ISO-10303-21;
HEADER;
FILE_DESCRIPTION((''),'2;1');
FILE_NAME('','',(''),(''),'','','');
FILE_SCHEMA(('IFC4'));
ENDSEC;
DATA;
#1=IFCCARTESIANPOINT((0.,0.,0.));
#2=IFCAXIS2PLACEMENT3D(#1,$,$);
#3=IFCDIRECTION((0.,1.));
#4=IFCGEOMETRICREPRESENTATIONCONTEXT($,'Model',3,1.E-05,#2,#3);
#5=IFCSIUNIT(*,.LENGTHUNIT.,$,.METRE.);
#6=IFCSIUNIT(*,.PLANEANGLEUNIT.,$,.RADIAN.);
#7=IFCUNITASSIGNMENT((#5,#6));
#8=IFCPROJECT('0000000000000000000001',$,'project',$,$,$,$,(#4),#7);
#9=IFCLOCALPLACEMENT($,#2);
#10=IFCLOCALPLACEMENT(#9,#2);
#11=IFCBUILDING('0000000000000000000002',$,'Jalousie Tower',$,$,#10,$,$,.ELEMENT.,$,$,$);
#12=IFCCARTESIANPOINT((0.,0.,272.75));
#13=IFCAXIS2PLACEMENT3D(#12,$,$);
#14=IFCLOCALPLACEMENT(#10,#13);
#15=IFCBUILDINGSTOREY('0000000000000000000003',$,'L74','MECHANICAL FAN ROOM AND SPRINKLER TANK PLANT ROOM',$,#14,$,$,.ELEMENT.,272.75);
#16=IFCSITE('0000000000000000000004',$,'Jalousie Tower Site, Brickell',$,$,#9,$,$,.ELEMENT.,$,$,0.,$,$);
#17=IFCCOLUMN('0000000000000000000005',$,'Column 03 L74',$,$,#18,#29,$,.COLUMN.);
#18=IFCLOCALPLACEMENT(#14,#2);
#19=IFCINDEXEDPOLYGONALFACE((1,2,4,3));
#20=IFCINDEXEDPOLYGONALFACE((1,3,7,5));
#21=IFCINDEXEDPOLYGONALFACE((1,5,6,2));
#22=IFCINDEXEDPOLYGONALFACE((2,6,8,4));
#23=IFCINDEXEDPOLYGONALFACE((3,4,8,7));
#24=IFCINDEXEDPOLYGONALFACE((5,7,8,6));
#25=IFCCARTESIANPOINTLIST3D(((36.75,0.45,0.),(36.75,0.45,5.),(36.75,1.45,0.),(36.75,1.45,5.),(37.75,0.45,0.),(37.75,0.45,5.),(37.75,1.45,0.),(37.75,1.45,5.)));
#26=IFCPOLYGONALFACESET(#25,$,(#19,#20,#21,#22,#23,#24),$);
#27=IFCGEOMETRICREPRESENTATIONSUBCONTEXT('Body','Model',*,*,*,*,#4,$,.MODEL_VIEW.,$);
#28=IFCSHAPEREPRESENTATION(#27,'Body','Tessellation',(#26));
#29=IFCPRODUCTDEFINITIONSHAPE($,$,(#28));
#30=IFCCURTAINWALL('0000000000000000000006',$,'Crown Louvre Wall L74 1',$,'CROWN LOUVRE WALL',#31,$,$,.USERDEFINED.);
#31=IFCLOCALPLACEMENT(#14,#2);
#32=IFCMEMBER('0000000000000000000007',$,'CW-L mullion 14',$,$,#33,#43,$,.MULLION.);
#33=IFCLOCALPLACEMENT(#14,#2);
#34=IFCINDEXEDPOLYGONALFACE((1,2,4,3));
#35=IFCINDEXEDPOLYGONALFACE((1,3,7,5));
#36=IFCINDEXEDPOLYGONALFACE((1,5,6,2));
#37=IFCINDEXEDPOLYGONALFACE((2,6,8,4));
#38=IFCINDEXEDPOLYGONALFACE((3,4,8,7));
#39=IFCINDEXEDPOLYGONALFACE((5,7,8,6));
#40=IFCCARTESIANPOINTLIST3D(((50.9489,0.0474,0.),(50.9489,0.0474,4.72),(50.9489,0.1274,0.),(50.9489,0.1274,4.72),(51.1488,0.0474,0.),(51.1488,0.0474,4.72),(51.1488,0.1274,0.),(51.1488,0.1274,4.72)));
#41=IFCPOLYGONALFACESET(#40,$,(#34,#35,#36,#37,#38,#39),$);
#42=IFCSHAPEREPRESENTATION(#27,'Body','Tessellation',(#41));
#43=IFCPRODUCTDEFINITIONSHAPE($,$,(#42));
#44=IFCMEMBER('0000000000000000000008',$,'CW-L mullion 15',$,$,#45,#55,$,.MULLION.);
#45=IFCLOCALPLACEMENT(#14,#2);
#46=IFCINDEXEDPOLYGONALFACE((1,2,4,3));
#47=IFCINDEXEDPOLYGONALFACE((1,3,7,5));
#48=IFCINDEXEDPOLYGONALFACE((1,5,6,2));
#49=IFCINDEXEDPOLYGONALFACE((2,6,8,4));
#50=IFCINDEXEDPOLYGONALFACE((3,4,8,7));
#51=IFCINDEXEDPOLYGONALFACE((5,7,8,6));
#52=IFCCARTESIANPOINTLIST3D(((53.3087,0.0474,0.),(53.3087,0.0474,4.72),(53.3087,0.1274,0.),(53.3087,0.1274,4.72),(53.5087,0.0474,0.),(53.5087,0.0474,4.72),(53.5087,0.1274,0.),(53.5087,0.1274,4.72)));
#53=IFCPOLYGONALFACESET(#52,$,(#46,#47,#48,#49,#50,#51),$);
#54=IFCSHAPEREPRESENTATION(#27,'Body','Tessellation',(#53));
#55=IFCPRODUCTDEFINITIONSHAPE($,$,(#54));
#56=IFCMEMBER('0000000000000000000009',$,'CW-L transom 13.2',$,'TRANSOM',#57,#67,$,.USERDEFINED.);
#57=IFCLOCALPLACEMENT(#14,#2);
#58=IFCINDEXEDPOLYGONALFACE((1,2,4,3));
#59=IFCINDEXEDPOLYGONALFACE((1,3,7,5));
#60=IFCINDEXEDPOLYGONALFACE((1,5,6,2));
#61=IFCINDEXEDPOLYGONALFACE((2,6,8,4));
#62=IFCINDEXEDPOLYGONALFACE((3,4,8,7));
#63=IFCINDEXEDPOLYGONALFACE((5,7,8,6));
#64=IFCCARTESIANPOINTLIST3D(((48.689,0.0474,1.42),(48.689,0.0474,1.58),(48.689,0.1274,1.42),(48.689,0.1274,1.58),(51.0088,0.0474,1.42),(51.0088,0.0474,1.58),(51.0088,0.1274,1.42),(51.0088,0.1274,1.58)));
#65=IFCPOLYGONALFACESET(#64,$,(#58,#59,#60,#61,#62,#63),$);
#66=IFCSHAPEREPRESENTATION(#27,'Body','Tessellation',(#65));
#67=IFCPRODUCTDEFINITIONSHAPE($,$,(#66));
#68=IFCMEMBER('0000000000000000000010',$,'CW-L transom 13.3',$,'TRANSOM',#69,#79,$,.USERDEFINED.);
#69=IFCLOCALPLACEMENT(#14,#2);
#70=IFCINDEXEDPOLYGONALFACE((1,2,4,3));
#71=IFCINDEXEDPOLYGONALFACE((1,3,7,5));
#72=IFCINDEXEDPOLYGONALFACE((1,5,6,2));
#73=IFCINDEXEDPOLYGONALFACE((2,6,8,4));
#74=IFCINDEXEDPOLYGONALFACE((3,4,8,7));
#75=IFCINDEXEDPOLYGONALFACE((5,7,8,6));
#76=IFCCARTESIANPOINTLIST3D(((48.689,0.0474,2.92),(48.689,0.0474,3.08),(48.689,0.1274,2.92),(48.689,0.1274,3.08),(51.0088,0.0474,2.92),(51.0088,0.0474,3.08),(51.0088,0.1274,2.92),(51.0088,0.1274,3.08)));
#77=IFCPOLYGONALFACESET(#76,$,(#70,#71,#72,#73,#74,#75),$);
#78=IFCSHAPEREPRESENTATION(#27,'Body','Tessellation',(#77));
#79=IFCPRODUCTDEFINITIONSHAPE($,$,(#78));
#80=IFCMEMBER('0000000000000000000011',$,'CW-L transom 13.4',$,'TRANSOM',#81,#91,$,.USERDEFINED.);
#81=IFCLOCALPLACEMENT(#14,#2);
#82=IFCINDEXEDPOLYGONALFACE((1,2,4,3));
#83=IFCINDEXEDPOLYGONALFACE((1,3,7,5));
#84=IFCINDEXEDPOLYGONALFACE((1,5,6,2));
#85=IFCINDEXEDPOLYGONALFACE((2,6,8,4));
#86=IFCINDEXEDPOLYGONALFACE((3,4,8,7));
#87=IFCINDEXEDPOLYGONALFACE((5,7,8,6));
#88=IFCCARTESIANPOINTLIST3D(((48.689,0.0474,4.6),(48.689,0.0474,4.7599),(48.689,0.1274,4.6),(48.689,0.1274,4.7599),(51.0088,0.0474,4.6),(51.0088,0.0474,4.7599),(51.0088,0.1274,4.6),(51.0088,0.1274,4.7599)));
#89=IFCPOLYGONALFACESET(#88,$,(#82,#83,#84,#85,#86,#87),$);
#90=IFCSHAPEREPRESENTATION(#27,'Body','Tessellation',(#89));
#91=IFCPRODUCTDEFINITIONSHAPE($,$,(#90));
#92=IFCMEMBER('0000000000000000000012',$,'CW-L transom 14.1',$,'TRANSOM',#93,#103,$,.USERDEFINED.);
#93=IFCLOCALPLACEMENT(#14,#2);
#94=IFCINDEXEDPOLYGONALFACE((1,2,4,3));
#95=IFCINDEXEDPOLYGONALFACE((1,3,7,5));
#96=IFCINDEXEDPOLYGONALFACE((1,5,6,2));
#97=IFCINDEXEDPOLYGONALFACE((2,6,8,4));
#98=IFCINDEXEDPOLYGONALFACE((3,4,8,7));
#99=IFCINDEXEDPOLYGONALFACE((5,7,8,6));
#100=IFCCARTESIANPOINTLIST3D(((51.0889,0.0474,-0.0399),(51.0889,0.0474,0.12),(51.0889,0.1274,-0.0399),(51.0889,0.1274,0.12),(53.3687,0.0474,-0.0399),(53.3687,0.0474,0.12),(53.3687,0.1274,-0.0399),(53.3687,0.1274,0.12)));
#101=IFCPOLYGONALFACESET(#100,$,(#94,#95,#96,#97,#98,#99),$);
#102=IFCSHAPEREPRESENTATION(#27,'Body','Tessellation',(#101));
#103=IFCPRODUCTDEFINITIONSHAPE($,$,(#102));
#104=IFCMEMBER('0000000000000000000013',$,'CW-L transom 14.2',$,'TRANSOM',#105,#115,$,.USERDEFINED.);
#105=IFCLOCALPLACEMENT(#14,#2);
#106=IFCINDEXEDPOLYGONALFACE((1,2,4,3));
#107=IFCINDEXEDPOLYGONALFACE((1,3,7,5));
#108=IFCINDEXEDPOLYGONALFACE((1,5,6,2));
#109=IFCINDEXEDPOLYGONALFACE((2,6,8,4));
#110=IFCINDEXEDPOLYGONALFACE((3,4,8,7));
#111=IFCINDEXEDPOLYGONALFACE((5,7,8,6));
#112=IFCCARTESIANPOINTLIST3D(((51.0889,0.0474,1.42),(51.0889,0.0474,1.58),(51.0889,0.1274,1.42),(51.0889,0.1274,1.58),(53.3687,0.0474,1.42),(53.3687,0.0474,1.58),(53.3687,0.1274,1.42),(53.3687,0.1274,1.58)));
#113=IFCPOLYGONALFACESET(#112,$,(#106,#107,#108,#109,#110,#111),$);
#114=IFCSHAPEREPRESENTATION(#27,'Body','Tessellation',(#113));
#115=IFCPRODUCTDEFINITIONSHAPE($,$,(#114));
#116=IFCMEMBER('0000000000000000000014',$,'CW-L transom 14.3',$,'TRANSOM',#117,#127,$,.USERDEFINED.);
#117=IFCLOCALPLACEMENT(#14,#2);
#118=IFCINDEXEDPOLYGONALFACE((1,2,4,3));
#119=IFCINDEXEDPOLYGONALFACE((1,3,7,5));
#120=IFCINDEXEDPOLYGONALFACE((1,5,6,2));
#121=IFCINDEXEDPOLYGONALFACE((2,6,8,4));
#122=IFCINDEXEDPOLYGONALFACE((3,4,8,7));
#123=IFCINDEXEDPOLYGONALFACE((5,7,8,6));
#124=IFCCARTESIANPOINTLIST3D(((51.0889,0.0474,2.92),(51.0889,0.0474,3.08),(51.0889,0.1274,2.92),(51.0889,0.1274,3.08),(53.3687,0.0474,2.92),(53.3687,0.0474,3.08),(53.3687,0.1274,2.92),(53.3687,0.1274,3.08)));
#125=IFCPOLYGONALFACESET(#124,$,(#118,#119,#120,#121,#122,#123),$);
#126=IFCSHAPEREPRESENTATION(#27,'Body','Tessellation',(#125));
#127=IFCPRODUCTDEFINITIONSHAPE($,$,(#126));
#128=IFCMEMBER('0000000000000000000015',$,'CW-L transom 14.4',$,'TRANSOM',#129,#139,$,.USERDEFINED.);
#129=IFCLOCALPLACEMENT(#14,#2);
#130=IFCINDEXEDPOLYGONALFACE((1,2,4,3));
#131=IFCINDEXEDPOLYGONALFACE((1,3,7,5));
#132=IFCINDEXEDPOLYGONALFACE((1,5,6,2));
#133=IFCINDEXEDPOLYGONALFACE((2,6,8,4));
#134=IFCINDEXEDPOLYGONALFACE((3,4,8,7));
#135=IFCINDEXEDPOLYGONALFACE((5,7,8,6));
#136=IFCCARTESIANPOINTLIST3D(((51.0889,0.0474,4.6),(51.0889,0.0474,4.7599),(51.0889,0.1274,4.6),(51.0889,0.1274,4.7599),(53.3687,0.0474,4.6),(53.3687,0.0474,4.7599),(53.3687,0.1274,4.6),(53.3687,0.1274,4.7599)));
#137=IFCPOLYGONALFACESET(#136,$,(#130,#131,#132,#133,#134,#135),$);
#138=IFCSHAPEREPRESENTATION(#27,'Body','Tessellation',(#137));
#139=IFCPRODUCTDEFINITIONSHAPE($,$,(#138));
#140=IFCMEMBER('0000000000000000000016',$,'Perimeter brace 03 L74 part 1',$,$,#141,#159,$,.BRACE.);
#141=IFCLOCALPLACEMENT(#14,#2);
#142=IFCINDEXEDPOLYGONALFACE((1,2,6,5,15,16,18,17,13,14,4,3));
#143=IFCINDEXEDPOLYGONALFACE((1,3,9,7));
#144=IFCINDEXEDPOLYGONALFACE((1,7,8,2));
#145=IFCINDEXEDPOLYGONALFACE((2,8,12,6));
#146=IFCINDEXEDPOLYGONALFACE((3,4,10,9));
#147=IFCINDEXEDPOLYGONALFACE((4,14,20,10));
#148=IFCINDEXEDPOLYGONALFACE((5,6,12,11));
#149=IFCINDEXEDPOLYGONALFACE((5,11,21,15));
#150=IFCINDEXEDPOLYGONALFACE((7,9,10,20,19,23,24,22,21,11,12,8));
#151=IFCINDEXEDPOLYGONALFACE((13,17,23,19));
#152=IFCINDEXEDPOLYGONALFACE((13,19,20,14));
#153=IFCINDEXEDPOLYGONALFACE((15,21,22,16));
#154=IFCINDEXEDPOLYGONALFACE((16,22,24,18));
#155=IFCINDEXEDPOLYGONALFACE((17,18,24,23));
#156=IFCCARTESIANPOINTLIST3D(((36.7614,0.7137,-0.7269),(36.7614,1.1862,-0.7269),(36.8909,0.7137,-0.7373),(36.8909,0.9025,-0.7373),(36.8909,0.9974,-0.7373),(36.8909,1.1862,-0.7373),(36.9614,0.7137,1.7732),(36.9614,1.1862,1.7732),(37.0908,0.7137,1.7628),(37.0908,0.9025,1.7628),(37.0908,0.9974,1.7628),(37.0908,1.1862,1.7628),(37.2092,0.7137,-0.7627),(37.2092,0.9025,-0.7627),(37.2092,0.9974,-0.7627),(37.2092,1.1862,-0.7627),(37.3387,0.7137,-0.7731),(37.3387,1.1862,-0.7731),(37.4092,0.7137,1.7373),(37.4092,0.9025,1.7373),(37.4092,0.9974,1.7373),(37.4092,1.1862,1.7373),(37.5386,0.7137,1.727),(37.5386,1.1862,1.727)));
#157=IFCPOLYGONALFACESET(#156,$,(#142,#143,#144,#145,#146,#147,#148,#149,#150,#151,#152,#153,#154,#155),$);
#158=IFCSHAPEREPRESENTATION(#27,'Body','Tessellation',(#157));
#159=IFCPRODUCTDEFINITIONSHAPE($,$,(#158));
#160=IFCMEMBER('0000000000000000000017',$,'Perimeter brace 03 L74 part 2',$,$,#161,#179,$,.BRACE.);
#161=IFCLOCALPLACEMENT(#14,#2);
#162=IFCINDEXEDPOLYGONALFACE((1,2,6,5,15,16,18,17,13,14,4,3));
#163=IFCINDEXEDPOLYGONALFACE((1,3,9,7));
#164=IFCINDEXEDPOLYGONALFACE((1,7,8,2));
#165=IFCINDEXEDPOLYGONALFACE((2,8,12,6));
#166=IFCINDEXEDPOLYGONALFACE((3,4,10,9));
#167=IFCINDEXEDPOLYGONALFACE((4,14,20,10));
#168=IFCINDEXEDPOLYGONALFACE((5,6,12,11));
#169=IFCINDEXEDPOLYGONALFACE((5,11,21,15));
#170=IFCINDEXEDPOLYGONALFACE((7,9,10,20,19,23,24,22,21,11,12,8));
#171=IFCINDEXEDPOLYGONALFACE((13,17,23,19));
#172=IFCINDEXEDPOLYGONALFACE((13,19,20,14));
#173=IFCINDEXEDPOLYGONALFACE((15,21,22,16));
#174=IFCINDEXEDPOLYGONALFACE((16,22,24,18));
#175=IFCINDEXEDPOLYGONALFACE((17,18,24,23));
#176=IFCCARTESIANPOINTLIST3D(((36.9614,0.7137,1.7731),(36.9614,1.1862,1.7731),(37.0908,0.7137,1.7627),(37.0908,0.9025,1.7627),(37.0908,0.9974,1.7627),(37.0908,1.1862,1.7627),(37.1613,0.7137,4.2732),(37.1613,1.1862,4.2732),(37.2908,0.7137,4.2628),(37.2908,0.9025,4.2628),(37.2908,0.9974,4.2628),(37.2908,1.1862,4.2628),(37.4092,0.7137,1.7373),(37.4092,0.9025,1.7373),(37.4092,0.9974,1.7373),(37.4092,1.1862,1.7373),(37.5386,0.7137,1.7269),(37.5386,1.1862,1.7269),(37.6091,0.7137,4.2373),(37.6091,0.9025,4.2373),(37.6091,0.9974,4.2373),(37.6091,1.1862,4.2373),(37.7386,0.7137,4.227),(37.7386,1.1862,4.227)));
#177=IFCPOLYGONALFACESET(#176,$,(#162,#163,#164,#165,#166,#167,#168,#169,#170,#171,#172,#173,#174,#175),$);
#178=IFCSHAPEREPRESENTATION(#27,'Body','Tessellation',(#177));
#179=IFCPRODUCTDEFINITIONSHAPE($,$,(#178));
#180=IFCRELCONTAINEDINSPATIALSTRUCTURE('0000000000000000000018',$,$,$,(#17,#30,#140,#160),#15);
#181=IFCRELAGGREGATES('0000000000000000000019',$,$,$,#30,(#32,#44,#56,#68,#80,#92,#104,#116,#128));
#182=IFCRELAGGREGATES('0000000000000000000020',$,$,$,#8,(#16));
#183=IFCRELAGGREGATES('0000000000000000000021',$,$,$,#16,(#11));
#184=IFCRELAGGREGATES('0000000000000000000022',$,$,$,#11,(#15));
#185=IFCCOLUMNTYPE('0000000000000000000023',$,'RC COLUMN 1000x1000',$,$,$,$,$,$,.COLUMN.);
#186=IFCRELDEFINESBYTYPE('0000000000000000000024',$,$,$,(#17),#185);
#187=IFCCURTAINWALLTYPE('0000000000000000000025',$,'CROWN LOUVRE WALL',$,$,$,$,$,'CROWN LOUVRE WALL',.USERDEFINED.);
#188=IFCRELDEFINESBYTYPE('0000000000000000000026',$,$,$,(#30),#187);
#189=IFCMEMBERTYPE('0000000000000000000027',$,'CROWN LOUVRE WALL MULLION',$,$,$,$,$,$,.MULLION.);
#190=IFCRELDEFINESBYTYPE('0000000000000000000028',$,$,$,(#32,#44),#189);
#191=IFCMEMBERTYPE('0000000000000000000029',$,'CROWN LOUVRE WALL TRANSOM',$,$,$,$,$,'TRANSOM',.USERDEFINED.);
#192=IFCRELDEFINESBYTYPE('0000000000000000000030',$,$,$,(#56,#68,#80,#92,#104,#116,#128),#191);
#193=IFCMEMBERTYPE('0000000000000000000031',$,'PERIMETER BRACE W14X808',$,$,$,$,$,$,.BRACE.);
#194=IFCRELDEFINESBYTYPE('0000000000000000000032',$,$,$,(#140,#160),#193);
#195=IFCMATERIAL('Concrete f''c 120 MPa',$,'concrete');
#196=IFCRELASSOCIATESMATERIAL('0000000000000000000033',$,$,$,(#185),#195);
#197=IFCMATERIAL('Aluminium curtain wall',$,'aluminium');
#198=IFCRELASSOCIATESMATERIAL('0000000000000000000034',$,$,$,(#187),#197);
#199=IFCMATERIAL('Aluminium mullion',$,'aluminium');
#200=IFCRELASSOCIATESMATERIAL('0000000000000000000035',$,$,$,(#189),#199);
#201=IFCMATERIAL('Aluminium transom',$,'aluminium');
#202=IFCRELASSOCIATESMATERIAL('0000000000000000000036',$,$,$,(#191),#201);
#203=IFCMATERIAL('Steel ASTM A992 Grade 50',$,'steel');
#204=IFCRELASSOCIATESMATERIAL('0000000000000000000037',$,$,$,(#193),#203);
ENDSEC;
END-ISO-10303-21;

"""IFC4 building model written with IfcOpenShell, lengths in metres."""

from ifc_helpers import new_model, si_unit, direction, frame, origin, origin_2d, place, context, subcontext, project, spatial, rectangle, i_section, extrude, material, material_profile, profile_set, type_object, element, aggregate, save


model = new_model("IFC4")

# Units and contexts
model_context = context("Model", 3, precision=1e-05, world=origin(), true_north=direction((0.0, 1.0)))
body_context = subcontext(model_context, "Body", "Model", "MODEL_VIEW")
ifc_project = project(units=[si_unit("LENGTHUNIT", "METRE"), si_unit("PLANEANGLEUNIT", "RADIAN")], contexts=[model_context])

# Site, building, storey
site_placement = place(None, origin())
site = spatial("IfcSite", under=ifc_project, at=site_placement, Name="Jalousie Tower Site, Brickell", CompositionType="ELEMENT", RefElevation=0.0)
building_placement = place(site_placement, origin())
building = spatial("IfcBuilding", under=site, at=building_placement, Name="Jalousie Tower", CompositionType="ELEMENT")
storey_placement = place(building_placement, frame((0.0, 0.0, 272.75)))
storey = spatial("IfcBuildingStorey", under=building, at=storey_placement, Name="L74", Description="MECHANICAL FAN ROOM AND SPRINKLER TANK PLANT ROOM", CompositionType="ELEMENT", Elevation=272.75)

# Column
ifc_material_1 = material(Name="Concrete f'c 120 MPa", Category="concrete")
ifc_material_profile_1 = material_profile(ifc_material_1, rectangle(XDim=1.0, YDim=1.0, at=origin_2d()), Name="RC 1000x1000")
ifc_profile_set_1 = profile_set([ifc_material_profile_1], Name="Concrete f'c 120 MPa")
column_type = type_object("IfcColumnType", Name="RC COLUMN 1000x1000", PredefinedType="COLUMN", material=ifc_profile_set_1)
column_placement = place(storey_placement, frame((37.25, 0.95, 0.0), z_axis=(0.0, 0.0, 1.0), x_axis=(1.0, 0.0, 0.0)))
element("IfcColumn", 1, at=column_placement, inside=storey, type_object=column_type, Name="Column 03 L74", PredefinedType="COLUMN", context=body_context, shape_type="SweptSolid", body=[
    extrude(rectangle(XDim=1.0, YDim=1.0, at=origin_2d()), origin(), (0.0, 0.0, 1.0), 5.0),
])

# Curtain wall, members
ifc_material_2 = material(Name="Aluminium curtain wall", Category="aluminium")
curtain_wall_type = type_object("IfcCurtainWallType", Name="CROWN LOUVRE WALL", ElementType="CROWN LOUVRE WALL", PredefinedType="USERDEFINED", material=ifc_material_2)
curtain_wall_placement = place(storey_placement, origin())
curtain_wall = element("IfcCurtainWall", 2, at=curtain_wall_placement, inside=storey, type_object=curtain_wall_type, Name="Crown Louvre Wall L74 1", ObjectType="CROWN LOUVRE WALL", PredefinedType="USERDEFINED")
ifc_material_3 = material(Name="Aluminium mullion", Category="aluminium")
ifc_material_profile_2 = material_profile(ifc_material_3, rectangle(XDim=0.0801, YDim=0.2, at=origin_2d()), Name="MULLION 80x200")
ifc_profile_set_2 = profile_set([ifc_material_profile_2], Name="Aluminium mullion")
member_type_1 = type_object("IfcMemberType", Name="CROWN LOUVRE WALL MULLION", PredefinedType="MULLION", material=ifc_profile_set_2)
member_1_placement = place(storey_placement, frame((51.0488, 0.0874, 0.0), z_axis=(0.0, 0.0, 1.0), x_axis=(0.0, 1.0, 0.0)))
member_1 = element("IfcMember", 3, at=member_1_placement, type_object=member_type_1, Name="CW-L mullion 14", PredefinedType="MULLION", context=body_context, shape_type="SweptSolid", body=[
    extrude(rectangle(XDim=0.0801, YDim=0.2, at=origin_2d()), origin(), (0.0, 0.0, 1.0), 4.72),
])
member_2_placement = place(storey_placement, frame((53.4087, 0.0874, 0.0), z_axis=(0.0, 0.0, 1.0), x_axis=(0.0, 1.0, 0.0)))
member_2 = element("IfcMember", 4, at=member_2_placement, type_object=member_type_1, Name="CW-L mullion 15", PredefinedType="MULLION", context=body_context, shape_type="SweptSolid", body=[
    extrude(rectangle(XDim=0.0801, YDim=0.2, at=origin_2d()), origin(), (0.0, 0.0, 1.0), 4.72),
])
ifc_material_4 = material(Name="Aluminium transom", Category="aluminium")
ifc_material_profile_3 = material_profile(ifc_material_4, rectangle(XDim=0.0801, YDim=0.1599, at=origin_2d()), Name="TRANSOM 80x160")
ifc_profile_set_3 = profile_set([ifc_material_profile_3], Name="Aluminium transom")
member_type_2 = type_object("IfcMemberType", Name="CROWN LOUVRE WALL TRANSOM", ElementType="TRANSOM", PredefinedType="USERDEFINED", material=ifc_profile_set_3)
member_3_placement = place(storey_placement, frame((48.689, 0.0874, 1.5), z_axis=(1.0, 0.0, 0.0), x_axis=(0.0, 1.0, 0.0)))
member_3 = element("IfcMember", 5, at=member_3_placement, type_object=member_type_2, Name="CW-L transom 13.2", ObjectType="TRANSOM", PredefinedType="USERDEFINED", context=body_context, shape_type="SweptSolid", body=[
    extrude(rectangle(XDim=0.0801, YDim=0.1599, at=origin_2d()), origin(), (0.0, 0.0, 1.0), 2.3198),
])
member_4_placement = place(storey_placement, frame((48.689, 0.0874, 3.0), z_axis=(1.0, 0.0, 0.0), x_axis=(0.0, 1.0, 0.0)))
member_4 = element("IfcMember", 6, at=member_4_placement, type_object=member_type_2, Name="CW-L transom 13.3", ObjectType="TRANSOM", PredefinedType="USERDEFINED", context=body_context, shape_type="SweptSolid", body=[
    extrude(rectangle(XDim=0.0801, YDim=0.1599, at=origin_2d()), origin(), (0.0, 0.0, 1.0), 2.3198),
])
member_5_placement = place(storey_placement, frame((48.689, 0.0874, 4.6799), z_axis=(1.0, 0.0, 0.0), x_axis=(0.0, 1.0, 0.0)))
member_5 = element("IfcMember", 7, at=member_5_placement, type_object=member_type_2, Name="CW-L transom 13.4", ObjectType="TRANSOM", PredefinedType="USERDEFINED", context=body_context, shape_type="SweptSolid", body=[
    extrude(rectangle(XDim=0.0801, YDim=0.1599, at=origin_2d()), origin(), (0.0, 0.0, 1.0), 2.3198),
])
member_6_placement = place(storey_placement, frame((51.0889, 0.0874, 0.04), z_axis=(1.0, 0.0, 0.0), x_axis=(0.0, 1.0, 0.0)))
member_6 = element("IfcMember", 8, at=member_6_placement, type_object=member_type_2, Name="CW-L transom 14.1", ObjectType="TRANSOM", PredefinedType="USERDEFINED", context=body_context, shape_type="SweptSolid", body=[
    extrude(rectangle(XDim=0.0801, YDim=0.1599, at=origin_2d()), origin(), (0.0, 0.0, 1.0), 2.2798),
])
member_7_placement = place(storey_placement, frame((51.0889, 0.0874, 1.5), z_axis=(1.0, 0.0, 0.0), x_axis=(0.0, 1.0, 0.0)))
member_7 = element("IfcMember", 9, at=member_7_placement, type_object=member_type_2, Name="CW-L transom 14.2", ObjectType="TRANSOM", PredefinedType="USERDEFINED", context=body_context, shape_type="SweptSolid", body=[
    extrude(rectangle(XDim=0.0801, YDim=0.1599, at=origin_2d()), origin(), (0.0, 0.0, 1.0), 2.2798),
])
member_8_placement = place(storey_placement, frame((51.0889, 0.0874, 3.0), z_axis=(1.0, 0.0, 0.0), x_axis=(0.0, 1.0, 0.0)))
member_8 = element("IfcMember", 10, at=member_8_placement, type_object=member_type_2, Name="CW-L transom 14.3", ObjectType="TRANSOM", PredefinedType="USERDEFINED", context=body_context, shape_type="SweptSolid", body=[
    extrude(rectangle(XDim=0.0801, YDim=0.1599, at=origin_2d()), origin(), (0.0, 0.0, 1.0), 2.2798),
])
member_9_placement = place(storey_placement, frame((51.0889, 0.0874, 4.6799), z_axis=(1.0, 0.0, 0.0), x_axis=(0.0, 1.0, 0.0)))
member_9 = element("IfcMember", 11, at=member_9_placement, type_object=member_type_2, Name="CW-L transom 14.4", ObjectType="TRANSOM", PredefinedType="USERDEFINED", context=body_context, shape_type="SweptSolid", body=[
    extrude(rectangle(XDim=0.0801, YDim=0.1599, at=origin_2d()), origin(), (0.0, 0.0, 1.0), 2.2798),
])

# Members
ifc_material_5 = material(Name="Steel ASTM A992 Grade 50", Category="steel")
ifc_material_profile_4 = material_profile(ifc_material_5, i_section(OverallWidth=0.4724, OverallDepth=0.5791, WebThickness=0.095, FlangeThickness=0.1299, at=origin_2d()), Name="W14X808")
ifc_profile_set_4 = profile_set([ifc_material_profile_4], Name="Steel ASTM A992 Grade 50")
member_type_3 = type_object("IfcMemberType", Name="PERIMETER BRACE W14X808", PredefinedType="BRACE", material=ifc_profile_set_4)
for number, where, z_axis, x_axis, name in (
    (12, (37.05, 0.95, -0.75), (0.079726, 0.0, 0.996817), (0.0, 1.0, 0.0), "Perimeter brace 03 L74 part 1"),
    (13, (37.25, 0.95, 1.75), (0.079726, 0.0, 0.996817), (0.0, 1.0, 0.0), "Perimeter brace 03 L74 part 2"),
):
    element("IfcMember", number, at=place(storey_placement, frame(where, z_axis=z_axis, x_axis=x_axis)), inside=storey, type_object=member_type_3, Name=name, PredefinedType="BRACE", context=body_context, shape_type="SweptSolid", body=[
        extrude(i_section(OverallWidth=0.4724, OverallDepth=0.5791, WebThickness=0.095, FlangeThickness=0.1299, at=origin_2d()), origin(), (0.0, 0.0, 1.0), 2.5081),
    ])

aggregate(curtain_wall, [member_1, member_2, member_3, member_4, member_5, member_6, member_7, member_8, member_9])

save(model, "model.ifc")
